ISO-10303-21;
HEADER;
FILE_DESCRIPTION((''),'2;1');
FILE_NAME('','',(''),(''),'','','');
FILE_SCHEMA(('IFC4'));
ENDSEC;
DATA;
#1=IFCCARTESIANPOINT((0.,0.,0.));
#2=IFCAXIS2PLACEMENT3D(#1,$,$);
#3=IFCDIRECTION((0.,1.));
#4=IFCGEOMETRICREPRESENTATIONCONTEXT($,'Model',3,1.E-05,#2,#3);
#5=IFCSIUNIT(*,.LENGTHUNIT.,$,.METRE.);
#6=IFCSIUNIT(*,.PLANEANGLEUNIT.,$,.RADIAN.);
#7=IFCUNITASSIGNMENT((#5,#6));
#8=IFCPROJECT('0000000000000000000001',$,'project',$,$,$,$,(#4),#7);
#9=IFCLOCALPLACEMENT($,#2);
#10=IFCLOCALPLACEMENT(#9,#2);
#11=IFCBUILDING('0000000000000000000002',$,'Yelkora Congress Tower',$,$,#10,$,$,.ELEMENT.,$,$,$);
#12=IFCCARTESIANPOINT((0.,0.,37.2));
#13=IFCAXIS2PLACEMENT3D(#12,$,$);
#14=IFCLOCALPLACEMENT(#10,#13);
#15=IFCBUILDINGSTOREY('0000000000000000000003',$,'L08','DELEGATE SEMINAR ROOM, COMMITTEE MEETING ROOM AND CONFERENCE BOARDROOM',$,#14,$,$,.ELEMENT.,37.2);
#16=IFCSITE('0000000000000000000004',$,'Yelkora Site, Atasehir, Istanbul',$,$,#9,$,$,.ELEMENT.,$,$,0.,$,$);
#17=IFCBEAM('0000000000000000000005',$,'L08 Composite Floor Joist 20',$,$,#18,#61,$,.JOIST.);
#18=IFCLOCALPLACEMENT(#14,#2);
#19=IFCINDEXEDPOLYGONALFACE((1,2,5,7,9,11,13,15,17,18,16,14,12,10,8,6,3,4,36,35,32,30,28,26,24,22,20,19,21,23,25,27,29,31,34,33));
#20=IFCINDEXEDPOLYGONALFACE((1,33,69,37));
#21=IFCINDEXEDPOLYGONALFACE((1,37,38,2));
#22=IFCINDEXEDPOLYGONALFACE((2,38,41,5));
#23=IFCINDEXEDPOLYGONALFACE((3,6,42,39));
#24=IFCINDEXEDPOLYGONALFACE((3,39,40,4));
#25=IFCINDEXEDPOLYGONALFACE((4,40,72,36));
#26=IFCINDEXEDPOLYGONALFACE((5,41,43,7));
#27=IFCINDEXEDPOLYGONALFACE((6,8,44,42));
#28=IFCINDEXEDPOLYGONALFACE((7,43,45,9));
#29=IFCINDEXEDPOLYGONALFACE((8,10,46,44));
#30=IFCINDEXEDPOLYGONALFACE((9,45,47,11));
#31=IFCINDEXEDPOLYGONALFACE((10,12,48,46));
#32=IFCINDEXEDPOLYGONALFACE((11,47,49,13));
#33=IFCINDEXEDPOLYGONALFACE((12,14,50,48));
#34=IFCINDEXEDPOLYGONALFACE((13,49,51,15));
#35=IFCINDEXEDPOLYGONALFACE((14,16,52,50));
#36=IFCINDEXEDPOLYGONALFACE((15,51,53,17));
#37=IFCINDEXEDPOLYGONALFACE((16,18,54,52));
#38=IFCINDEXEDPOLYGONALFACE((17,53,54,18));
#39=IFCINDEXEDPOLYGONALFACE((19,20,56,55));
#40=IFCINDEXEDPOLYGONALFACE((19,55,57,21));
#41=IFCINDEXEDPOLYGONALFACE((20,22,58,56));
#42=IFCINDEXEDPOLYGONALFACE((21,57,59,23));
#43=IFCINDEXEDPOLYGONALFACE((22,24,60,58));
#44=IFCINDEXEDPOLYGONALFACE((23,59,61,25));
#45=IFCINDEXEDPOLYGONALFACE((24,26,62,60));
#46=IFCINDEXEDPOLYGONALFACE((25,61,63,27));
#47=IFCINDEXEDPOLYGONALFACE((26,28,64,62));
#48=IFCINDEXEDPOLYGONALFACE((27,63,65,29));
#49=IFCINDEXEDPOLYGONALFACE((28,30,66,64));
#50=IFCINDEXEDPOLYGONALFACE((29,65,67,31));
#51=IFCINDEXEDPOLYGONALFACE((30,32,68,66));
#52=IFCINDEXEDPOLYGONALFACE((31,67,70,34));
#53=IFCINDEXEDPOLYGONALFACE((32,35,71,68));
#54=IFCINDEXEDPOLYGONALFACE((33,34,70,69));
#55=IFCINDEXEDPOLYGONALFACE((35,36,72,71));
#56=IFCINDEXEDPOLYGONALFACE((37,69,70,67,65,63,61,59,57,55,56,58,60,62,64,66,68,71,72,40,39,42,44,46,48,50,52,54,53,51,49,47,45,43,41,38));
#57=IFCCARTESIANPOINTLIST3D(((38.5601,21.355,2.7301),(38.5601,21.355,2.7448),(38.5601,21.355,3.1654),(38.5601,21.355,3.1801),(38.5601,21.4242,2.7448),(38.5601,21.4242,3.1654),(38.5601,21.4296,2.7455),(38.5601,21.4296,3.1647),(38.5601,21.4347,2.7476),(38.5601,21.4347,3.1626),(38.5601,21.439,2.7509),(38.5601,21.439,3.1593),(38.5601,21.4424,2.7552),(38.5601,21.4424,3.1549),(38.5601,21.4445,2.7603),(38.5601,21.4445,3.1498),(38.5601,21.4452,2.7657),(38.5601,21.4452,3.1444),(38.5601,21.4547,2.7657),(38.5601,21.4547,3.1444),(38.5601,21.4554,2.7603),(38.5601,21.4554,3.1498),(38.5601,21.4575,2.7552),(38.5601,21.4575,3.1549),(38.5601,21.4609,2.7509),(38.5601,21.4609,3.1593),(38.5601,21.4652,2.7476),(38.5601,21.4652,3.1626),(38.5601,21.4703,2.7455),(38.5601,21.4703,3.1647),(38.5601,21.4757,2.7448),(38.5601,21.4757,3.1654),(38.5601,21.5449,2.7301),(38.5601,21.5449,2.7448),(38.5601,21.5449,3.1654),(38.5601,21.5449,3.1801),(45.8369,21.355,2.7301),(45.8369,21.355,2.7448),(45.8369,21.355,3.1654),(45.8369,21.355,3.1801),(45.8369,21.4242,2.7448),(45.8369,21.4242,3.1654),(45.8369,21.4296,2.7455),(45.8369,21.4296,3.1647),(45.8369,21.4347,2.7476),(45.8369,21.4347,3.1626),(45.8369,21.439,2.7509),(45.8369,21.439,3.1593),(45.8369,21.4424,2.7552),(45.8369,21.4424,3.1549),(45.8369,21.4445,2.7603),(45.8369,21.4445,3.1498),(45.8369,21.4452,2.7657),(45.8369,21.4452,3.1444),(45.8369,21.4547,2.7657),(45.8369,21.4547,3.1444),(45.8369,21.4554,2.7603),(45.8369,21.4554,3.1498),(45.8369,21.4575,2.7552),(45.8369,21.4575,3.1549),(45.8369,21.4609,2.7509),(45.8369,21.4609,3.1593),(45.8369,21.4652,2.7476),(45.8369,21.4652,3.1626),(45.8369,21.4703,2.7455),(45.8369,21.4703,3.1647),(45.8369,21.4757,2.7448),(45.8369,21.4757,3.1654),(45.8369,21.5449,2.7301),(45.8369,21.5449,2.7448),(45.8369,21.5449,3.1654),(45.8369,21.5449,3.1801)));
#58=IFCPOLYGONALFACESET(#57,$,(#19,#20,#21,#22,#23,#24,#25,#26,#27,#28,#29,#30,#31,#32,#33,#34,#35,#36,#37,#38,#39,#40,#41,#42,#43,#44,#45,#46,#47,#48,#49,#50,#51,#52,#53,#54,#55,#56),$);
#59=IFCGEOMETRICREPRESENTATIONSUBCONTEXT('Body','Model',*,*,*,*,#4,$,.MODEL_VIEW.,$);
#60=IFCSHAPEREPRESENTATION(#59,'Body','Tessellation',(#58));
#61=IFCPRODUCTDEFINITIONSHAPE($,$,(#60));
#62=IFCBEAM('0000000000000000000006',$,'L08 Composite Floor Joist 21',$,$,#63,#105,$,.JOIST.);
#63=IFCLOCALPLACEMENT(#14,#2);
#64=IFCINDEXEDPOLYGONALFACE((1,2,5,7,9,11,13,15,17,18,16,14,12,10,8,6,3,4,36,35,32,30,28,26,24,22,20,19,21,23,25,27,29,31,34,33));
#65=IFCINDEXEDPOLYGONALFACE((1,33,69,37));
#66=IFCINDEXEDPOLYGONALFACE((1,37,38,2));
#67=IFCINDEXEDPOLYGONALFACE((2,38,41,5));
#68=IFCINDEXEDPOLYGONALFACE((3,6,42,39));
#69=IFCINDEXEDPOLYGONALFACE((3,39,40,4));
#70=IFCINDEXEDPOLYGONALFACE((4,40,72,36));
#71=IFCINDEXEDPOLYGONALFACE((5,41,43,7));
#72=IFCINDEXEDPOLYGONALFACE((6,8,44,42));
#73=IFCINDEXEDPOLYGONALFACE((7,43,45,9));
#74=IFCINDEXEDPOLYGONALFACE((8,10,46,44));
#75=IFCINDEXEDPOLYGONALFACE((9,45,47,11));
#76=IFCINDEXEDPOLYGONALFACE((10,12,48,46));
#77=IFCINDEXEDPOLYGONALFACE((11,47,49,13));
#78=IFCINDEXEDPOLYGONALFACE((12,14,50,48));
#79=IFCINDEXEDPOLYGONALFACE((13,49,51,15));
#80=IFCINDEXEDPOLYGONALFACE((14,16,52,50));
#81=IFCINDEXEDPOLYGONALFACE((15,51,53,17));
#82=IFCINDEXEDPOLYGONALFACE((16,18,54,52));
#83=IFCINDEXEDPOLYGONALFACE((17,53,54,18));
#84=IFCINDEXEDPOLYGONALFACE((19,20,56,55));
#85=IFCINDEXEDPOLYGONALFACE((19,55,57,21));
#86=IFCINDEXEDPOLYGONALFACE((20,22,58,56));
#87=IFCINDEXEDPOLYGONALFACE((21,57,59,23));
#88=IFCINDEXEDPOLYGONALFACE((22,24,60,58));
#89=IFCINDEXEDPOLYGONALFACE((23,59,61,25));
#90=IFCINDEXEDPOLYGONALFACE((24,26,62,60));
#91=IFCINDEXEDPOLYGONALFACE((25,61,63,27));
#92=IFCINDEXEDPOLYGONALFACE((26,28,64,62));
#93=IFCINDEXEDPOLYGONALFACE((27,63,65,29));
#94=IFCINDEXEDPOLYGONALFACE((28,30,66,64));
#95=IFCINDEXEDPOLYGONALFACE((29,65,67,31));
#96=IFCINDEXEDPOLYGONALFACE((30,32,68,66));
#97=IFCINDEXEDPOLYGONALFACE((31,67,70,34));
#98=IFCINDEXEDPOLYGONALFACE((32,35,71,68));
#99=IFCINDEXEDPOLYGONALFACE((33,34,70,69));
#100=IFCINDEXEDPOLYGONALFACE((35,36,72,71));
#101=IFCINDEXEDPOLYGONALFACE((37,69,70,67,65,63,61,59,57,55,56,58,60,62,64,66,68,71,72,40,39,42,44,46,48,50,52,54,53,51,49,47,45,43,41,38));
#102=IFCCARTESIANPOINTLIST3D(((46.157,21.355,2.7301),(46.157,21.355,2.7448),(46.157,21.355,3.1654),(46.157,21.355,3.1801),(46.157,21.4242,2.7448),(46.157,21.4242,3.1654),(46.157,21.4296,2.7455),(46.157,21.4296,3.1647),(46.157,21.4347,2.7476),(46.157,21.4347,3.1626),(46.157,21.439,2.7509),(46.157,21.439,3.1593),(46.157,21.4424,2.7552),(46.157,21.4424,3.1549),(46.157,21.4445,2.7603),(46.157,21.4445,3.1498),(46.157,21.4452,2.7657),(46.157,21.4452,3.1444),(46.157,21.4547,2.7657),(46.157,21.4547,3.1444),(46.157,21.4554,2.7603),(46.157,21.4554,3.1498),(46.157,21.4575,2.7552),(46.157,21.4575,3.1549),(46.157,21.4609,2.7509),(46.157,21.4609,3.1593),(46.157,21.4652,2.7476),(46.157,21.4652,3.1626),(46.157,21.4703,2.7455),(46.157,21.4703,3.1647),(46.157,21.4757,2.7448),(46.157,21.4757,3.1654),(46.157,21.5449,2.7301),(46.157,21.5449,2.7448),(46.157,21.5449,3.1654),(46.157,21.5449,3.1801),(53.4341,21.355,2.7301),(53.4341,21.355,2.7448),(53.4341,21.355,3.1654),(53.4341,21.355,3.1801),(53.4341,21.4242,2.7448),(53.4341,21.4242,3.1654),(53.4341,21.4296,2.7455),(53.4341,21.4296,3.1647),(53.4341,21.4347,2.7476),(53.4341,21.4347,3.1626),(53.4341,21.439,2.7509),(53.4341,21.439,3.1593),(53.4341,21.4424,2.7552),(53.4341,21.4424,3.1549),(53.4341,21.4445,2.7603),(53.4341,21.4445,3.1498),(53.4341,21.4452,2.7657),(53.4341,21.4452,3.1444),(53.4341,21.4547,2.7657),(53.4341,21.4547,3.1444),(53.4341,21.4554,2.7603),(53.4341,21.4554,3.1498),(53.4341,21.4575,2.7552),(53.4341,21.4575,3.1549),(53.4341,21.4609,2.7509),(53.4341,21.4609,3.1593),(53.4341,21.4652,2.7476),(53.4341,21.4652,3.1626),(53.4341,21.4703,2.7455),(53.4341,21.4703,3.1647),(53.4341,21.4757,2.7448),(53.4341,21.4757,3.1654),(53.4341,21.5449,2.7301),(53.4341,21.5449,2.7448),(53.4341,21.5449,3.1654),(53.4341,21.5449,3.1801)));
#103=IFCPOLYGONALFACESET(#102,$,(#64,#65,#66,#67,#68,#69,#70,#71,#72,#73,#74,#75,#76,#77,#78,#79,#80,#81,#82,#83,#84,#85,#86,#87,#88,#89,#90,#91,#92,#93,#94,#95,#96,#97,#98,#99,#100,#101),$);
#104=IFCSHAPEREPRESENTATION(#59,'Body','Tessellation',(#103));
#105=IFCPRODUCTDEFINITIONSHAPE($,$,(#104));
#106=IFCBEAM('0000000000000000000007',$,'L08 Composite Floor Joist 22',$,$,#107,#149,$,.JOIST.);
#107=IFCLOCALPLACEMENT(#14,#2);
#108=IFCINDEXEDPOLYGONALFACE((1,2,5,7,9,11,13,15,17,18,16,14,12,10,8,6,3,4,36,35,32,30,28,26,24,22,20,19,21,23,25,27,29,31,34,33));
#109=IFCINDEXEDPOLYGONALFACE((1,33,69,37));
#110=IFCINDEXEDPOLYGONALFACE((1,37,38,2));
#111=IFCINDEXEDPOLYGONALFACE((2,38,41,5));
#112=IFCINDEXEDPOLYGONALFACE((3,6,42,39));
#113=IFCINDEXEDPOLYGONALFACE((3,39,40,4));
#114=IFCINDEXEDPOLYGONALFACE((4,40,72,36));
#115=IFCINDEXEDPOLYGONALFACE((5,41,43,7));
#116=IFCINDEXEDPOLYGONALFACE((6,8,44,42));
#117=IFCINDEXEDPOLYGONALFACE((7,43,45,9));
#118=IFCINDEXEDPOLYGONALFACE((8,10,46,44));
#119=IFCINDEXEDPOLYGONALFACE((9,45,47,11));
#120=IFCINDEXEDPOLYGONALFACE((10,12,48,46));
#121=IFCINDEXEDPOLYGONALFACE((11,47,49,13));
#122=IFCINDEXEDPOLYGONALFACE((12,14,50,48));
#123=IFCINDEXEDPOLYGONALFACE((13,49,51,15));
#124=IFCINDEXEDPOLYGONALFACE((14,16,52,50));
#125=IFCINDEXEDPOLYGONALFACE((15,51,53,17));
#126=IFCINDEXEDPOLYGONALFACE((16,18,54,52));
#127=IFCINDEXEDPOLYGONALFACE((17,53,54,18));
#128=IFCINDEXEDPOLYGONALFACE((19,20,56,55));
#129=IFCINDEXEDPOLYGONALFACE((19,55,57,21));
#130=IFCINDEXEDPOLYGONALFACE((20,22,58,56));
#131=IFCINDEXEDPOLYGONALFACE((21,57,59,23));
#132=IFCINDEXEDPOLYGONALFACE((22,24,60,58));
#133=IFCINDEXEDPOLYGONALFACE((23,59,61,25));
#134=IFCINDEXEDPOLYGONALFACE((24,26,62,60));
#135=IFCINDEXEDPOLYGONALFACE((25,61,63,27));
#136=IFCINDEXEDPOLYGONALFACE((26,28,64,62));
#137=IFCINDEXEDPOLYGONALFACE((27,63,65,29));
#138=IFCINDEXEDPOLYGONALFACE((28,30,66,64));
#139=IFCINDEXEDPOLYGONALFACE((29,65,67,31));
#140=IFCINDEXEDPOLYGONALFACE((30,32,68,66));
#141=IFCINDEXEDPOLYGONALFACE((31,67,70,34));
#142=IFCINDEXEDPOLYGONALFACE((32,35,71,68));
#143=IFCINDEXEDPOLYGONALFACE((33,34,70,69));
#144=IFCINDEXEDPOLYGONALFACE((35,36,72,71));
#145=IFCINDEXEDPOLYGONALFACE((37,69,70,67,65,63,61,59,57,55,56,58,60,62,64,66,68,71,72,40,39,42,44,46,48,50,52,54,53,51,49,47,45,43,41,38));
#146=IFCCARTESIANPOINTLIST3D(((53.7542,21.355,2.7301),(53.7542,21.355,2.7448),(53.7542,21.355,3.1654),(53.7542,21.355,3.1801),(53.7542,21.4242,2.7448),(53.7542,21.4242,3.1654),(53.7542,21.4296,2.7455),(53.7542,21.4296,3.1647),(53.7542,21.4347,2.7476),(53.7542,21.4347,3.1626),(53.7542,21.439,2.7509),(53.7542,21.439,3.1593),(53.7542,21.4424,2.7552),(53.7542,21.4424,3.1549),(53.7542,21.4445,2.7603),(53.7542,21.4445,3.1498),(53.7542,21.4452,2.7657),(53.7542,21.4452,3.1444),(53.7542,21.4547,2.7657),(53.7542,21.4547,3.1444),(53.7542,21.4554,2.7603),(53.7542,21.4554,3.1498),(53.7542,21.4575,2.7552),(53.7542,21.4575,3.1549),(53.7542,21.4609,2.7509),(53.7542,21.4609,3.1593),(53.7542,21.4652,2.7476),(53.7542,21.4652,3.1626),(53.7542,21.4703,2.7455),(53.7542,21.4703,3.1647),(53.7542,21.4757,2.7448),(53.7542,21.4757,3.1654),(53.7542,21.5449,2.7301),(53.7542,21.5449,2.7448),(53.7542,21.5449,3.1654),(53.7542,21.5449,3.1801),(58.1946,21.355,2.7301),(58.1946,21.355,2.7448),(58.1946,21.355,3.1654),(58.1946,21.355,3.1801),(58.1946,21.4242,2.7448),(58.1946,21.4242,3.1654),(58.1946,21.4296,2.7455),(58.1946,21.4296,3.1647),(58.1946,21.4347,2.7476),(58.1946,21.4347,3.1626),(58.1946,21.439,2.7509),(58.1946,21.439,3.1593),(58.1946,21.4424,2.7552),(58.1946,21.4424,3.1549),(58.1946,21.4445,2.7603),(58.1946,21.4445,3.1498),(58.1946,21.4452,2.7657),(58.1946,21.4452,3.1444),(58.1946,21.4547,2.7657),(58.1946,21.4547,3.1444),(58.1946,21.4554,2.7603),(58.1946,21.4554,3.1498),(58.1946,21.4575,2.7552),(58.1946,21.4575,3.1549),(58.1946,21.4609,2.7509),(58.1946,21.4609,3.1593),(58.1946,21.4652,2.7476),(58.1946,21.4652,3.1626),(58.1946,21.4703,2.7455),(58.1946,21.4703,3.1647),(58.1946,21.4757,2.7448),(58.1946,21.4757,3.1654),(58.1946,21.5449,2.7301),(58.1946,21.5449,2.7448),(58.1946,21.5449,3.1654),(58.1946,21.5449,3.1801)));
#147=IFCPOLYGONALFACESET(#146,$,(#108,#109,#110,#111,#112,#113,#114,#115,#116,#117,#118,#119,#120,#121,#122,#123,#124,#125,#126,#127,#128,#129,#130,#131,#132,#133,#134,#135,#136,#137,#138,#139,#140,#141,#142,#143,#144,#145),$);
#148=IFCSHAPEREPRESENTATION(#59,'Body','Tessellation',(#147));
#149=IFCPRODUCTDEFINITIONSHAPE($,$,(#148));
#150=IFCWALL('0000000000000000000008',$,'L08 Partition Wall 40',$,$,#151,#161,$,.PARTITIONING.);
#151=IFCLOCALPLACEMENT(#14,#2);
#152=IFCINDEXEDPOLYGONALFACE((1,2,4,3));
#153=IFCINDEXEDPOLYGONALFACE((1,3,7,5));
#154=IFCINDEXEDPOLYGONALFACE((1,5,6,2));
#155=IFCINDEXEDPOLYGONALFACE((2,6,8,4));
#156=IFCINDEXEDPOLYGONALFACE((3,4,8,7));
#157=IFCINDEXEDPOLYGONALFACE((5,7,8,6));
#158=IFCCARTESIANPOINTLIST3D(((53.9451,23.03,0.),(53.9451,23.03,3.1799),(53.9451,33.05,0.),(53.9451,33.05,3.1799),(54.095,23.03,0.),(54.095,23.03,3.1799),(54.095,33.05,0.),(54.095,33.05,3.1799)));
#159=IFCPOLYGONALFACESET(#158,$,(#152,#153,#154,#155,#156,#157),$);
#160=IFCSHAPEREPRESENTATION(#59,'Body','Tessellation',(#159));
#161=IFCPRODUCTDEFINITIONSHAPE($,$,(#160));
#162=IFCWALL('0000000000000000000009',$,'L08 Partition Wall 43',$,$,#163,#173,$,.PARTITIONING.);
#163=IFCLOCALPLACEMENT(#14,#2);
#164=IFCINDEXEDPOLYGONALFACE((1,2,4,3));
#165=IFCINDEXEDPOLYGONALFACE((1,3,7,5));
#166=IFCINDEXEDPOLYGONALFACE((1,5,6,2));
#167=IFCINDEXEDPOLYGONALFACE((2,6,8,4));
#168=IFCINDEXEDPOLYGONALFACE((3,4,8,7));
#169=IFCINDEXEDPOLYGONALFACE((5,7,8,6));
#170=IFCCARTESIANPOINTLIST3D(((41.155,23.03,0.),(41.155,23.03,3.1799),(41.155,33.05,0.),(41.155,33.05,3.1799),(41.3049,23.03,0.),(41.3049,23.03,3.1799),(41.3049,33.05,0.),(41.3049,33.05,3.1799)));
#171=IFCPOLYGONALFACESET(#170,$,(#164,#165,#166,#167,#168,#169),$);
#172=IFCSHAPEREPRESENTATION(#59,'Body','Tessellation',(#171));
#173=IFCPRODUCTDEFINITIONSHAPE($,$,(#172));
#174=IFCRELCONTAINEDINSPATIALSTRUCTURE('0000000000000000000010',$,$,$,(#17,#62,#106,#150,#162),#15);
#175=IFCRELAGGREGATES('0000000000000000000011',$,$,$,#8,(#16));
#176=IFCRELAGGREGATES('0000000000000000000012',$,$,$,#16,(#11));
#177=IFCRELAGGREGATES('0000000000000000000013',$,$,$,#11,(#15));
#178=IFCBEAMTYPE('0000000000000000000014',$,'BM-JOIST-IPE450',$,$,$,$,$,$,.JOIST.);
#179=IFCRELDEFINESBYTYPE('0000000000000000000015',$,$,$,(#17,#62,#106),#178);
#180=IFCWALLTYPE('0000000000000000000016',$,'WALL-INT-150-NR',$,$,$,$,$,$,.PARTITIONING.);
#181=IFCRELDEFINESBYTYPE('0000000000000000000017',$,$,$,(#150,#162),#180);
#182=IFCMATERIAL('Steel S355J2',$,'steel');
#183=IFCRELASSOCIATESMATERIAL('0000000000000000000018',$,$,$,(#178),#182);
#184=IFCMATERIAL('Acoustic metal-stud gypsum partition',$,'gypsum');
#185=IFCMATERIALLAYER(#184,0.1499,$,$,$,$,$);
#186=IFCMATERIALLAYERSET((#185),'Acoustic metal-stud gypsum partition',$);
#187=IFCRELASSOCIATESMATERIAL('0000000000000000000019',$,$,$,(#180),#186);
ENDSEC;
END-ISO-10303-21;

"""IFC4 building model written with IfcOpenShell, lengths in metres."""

from ifc_helpers import new_model, si_unit, direction, frame, frame_2d, origin, origin_2d, place, context, subcontext, project, spatial, rectangle, i_section, extrude, material, layer, layer_set, material_profile, profile_set, type_object, element, save


model = new_model("IFC4")

# Units and contexts
model_context = context("Model", 3, precision=1e-05, world=origin(), true_north=direction((0.0, 1.0)))
body_context = subcontext(model_context, "Body", "Model", "MODEL_VIEW")
ifc_project = project(units=[si_unit("LENGTHUNIT", "METRE"), si_unit("PLANEANGLEUNIT", "RADIAN")], contexts=[model_context])

# Site, building, storey
site_placement = place(None, origin())
site = spatial("IfcSite", under=ifc_project, at=site_placement, Name="Yelkora Site, Atasehir, Istanbul", CompositionType="ELEMENT", RefElevation=0.0)
building_placement = place(site_placement, origin())
building = spatial("IfcBuilding", under=site, at=building_placement, Name="Yelkora Congress Tower", CompositionType="ELEMENT")
storey_placement = place(building_placement, frame((0.0, 0.0, 37.2)))
storey = spatial("IfcBuildingStorey", under=building, at=storey_placement, Name="L08", Description="DELEGATE SEMINAR ROOM, COMMITTEE MEETING ROOM AND CONFERENCE BOARDROOM", CompositionType="ELEMENT", Elevation=37.2)

# Beams
ifc_material_1 = material(Name="Steel S355J2", Category="steel")
ifc_material_profile_1 = material_profile(ifc_material_1, i_section(OverallWidth=0.1899, OverallDepth=0.45, WebThickness=0.0095, FlangeThickness=0.0146, FilletRadius=0.021, at=origin_2d()), Name="IPE 450")
ifc_profile_set_1 = profile_set([ifc_material_profile_1], Name="Steel S355J2")
beam_type_1 = type_object("IfcBeamType", Name="BM-JOIST-IPE450", PredefinedType="JOIST", material=ifc_profile_set_1)
beam_1_placement = place(storey_placement, frame((38.5601, 21.45, 2.9551), z_axis=(1.0, 0.0, 0.0), x_axis=(0.0, 1.0, 0.0)))
element("IfcBeam", 1, at=beam_1_placement, inside=storey, type_object=beam_type_1, Name="L08 Composite Floor Joist 20", PredefinedType="JOIST", context=body_context, shape_type="SweptSolid", body=[
    extrude(i_section(OverallWidth=0.1899, OverallDepth=0.45, WebThickness=0.0095, FlangeThickness=0.0146, FilletRadius=0.021, at=origin_2d()), origin(), (0.0, 0.0, 1.0), 7.2769),
])
beam_2_placement = place(storey_placement, frame((46.157, 21.45, 2.9551), z_axis=(1.0, 0.0, 0.0), x_axis=(0.0, 1.0, 0.0)))
element("IfcBeam", 2, at=beam_2_placement, inside=storey, type_object=beam_type_1, Name="L08 Composite Floor Joist 21", PredefinedType="JOIST", context=body_context, shape_type="SweptSolid", body=[
    extrude(i_section(OverallWidth=0.1899, OverallDepth=0.45, WebThickness=0.0095, FlangeThickness=0.0146, FilletRadius=0.021, at=origin_2d()), origin(), (0.0, 0.0, 1.0), 7.2771),
])
beam_3_placement = place(storey_placement, frame((53.7542, 21.45, 2.9551), z_axis=(1.0, 0.0, 0.0), x_axis=(0.0, 1.0, 0.0)))
element("IfcBeam", 3, at=beam_3_placement, inside=storey, type_object=beam_type_1, Name="L08 Composite Floor Joist 22", PredefinedType="JOIST", context=body_context, shape_type="SweptSolid", body=[
    extrude(i_section(OverallWidth=0.1899, OverallDepth=0.45, WebThickness=0.0095, FlangeThickness=0.0146, FilletRadius=0.021, at=origin_2d()), origin(), (0.0, 0.0, 1.0), 4.4404),
])

# Walls
ifc_material_2 = material(Name="Acoustic metal-stud gypsum partition", Category="gypsum")
ifc_layer = layer(ifc_material_2, 0.1499)
ifc_layer_set = layer_set([ifc_layer], Name="Acoustic metal-stud gypsum partition")
wall_type = type_object("IfcWallType", Name="WALL-INT-150-NR", PredefinedType="PARTITIONING", material=ifc_layer_set)
for number, where, z_axis, x_axis, name in (
    (4, (54.02, 23.03, 0.0), (0.0, 0.0, 1.0), (0.0, 1.0, 0.0), "L08 Partition Wall 40"),
    (5, (41.23, 23.03, 0.0), (0.0, 0.0, 1.0), (0.0, 1.0, 0.0), "L08 Partition Wall 43"),
):
    element("IfcWall", number, at=place(storey_placement, frame(where, z_axis=z_axis, x_axis=x_axis)), inside=storey, type_object=wall_type, Name=name, PredefinedType="PARTITIONING", context=body_context, shape_type="SweptSolid", body=[
        extrude(rectangle(XDim=10.02, YDim=0.1499, at=frame_2d((5.01, 0.0))), origin(), (0.0, 0.0, 1.0), 3.1799),
    ])

save(model, "model.ifc")
